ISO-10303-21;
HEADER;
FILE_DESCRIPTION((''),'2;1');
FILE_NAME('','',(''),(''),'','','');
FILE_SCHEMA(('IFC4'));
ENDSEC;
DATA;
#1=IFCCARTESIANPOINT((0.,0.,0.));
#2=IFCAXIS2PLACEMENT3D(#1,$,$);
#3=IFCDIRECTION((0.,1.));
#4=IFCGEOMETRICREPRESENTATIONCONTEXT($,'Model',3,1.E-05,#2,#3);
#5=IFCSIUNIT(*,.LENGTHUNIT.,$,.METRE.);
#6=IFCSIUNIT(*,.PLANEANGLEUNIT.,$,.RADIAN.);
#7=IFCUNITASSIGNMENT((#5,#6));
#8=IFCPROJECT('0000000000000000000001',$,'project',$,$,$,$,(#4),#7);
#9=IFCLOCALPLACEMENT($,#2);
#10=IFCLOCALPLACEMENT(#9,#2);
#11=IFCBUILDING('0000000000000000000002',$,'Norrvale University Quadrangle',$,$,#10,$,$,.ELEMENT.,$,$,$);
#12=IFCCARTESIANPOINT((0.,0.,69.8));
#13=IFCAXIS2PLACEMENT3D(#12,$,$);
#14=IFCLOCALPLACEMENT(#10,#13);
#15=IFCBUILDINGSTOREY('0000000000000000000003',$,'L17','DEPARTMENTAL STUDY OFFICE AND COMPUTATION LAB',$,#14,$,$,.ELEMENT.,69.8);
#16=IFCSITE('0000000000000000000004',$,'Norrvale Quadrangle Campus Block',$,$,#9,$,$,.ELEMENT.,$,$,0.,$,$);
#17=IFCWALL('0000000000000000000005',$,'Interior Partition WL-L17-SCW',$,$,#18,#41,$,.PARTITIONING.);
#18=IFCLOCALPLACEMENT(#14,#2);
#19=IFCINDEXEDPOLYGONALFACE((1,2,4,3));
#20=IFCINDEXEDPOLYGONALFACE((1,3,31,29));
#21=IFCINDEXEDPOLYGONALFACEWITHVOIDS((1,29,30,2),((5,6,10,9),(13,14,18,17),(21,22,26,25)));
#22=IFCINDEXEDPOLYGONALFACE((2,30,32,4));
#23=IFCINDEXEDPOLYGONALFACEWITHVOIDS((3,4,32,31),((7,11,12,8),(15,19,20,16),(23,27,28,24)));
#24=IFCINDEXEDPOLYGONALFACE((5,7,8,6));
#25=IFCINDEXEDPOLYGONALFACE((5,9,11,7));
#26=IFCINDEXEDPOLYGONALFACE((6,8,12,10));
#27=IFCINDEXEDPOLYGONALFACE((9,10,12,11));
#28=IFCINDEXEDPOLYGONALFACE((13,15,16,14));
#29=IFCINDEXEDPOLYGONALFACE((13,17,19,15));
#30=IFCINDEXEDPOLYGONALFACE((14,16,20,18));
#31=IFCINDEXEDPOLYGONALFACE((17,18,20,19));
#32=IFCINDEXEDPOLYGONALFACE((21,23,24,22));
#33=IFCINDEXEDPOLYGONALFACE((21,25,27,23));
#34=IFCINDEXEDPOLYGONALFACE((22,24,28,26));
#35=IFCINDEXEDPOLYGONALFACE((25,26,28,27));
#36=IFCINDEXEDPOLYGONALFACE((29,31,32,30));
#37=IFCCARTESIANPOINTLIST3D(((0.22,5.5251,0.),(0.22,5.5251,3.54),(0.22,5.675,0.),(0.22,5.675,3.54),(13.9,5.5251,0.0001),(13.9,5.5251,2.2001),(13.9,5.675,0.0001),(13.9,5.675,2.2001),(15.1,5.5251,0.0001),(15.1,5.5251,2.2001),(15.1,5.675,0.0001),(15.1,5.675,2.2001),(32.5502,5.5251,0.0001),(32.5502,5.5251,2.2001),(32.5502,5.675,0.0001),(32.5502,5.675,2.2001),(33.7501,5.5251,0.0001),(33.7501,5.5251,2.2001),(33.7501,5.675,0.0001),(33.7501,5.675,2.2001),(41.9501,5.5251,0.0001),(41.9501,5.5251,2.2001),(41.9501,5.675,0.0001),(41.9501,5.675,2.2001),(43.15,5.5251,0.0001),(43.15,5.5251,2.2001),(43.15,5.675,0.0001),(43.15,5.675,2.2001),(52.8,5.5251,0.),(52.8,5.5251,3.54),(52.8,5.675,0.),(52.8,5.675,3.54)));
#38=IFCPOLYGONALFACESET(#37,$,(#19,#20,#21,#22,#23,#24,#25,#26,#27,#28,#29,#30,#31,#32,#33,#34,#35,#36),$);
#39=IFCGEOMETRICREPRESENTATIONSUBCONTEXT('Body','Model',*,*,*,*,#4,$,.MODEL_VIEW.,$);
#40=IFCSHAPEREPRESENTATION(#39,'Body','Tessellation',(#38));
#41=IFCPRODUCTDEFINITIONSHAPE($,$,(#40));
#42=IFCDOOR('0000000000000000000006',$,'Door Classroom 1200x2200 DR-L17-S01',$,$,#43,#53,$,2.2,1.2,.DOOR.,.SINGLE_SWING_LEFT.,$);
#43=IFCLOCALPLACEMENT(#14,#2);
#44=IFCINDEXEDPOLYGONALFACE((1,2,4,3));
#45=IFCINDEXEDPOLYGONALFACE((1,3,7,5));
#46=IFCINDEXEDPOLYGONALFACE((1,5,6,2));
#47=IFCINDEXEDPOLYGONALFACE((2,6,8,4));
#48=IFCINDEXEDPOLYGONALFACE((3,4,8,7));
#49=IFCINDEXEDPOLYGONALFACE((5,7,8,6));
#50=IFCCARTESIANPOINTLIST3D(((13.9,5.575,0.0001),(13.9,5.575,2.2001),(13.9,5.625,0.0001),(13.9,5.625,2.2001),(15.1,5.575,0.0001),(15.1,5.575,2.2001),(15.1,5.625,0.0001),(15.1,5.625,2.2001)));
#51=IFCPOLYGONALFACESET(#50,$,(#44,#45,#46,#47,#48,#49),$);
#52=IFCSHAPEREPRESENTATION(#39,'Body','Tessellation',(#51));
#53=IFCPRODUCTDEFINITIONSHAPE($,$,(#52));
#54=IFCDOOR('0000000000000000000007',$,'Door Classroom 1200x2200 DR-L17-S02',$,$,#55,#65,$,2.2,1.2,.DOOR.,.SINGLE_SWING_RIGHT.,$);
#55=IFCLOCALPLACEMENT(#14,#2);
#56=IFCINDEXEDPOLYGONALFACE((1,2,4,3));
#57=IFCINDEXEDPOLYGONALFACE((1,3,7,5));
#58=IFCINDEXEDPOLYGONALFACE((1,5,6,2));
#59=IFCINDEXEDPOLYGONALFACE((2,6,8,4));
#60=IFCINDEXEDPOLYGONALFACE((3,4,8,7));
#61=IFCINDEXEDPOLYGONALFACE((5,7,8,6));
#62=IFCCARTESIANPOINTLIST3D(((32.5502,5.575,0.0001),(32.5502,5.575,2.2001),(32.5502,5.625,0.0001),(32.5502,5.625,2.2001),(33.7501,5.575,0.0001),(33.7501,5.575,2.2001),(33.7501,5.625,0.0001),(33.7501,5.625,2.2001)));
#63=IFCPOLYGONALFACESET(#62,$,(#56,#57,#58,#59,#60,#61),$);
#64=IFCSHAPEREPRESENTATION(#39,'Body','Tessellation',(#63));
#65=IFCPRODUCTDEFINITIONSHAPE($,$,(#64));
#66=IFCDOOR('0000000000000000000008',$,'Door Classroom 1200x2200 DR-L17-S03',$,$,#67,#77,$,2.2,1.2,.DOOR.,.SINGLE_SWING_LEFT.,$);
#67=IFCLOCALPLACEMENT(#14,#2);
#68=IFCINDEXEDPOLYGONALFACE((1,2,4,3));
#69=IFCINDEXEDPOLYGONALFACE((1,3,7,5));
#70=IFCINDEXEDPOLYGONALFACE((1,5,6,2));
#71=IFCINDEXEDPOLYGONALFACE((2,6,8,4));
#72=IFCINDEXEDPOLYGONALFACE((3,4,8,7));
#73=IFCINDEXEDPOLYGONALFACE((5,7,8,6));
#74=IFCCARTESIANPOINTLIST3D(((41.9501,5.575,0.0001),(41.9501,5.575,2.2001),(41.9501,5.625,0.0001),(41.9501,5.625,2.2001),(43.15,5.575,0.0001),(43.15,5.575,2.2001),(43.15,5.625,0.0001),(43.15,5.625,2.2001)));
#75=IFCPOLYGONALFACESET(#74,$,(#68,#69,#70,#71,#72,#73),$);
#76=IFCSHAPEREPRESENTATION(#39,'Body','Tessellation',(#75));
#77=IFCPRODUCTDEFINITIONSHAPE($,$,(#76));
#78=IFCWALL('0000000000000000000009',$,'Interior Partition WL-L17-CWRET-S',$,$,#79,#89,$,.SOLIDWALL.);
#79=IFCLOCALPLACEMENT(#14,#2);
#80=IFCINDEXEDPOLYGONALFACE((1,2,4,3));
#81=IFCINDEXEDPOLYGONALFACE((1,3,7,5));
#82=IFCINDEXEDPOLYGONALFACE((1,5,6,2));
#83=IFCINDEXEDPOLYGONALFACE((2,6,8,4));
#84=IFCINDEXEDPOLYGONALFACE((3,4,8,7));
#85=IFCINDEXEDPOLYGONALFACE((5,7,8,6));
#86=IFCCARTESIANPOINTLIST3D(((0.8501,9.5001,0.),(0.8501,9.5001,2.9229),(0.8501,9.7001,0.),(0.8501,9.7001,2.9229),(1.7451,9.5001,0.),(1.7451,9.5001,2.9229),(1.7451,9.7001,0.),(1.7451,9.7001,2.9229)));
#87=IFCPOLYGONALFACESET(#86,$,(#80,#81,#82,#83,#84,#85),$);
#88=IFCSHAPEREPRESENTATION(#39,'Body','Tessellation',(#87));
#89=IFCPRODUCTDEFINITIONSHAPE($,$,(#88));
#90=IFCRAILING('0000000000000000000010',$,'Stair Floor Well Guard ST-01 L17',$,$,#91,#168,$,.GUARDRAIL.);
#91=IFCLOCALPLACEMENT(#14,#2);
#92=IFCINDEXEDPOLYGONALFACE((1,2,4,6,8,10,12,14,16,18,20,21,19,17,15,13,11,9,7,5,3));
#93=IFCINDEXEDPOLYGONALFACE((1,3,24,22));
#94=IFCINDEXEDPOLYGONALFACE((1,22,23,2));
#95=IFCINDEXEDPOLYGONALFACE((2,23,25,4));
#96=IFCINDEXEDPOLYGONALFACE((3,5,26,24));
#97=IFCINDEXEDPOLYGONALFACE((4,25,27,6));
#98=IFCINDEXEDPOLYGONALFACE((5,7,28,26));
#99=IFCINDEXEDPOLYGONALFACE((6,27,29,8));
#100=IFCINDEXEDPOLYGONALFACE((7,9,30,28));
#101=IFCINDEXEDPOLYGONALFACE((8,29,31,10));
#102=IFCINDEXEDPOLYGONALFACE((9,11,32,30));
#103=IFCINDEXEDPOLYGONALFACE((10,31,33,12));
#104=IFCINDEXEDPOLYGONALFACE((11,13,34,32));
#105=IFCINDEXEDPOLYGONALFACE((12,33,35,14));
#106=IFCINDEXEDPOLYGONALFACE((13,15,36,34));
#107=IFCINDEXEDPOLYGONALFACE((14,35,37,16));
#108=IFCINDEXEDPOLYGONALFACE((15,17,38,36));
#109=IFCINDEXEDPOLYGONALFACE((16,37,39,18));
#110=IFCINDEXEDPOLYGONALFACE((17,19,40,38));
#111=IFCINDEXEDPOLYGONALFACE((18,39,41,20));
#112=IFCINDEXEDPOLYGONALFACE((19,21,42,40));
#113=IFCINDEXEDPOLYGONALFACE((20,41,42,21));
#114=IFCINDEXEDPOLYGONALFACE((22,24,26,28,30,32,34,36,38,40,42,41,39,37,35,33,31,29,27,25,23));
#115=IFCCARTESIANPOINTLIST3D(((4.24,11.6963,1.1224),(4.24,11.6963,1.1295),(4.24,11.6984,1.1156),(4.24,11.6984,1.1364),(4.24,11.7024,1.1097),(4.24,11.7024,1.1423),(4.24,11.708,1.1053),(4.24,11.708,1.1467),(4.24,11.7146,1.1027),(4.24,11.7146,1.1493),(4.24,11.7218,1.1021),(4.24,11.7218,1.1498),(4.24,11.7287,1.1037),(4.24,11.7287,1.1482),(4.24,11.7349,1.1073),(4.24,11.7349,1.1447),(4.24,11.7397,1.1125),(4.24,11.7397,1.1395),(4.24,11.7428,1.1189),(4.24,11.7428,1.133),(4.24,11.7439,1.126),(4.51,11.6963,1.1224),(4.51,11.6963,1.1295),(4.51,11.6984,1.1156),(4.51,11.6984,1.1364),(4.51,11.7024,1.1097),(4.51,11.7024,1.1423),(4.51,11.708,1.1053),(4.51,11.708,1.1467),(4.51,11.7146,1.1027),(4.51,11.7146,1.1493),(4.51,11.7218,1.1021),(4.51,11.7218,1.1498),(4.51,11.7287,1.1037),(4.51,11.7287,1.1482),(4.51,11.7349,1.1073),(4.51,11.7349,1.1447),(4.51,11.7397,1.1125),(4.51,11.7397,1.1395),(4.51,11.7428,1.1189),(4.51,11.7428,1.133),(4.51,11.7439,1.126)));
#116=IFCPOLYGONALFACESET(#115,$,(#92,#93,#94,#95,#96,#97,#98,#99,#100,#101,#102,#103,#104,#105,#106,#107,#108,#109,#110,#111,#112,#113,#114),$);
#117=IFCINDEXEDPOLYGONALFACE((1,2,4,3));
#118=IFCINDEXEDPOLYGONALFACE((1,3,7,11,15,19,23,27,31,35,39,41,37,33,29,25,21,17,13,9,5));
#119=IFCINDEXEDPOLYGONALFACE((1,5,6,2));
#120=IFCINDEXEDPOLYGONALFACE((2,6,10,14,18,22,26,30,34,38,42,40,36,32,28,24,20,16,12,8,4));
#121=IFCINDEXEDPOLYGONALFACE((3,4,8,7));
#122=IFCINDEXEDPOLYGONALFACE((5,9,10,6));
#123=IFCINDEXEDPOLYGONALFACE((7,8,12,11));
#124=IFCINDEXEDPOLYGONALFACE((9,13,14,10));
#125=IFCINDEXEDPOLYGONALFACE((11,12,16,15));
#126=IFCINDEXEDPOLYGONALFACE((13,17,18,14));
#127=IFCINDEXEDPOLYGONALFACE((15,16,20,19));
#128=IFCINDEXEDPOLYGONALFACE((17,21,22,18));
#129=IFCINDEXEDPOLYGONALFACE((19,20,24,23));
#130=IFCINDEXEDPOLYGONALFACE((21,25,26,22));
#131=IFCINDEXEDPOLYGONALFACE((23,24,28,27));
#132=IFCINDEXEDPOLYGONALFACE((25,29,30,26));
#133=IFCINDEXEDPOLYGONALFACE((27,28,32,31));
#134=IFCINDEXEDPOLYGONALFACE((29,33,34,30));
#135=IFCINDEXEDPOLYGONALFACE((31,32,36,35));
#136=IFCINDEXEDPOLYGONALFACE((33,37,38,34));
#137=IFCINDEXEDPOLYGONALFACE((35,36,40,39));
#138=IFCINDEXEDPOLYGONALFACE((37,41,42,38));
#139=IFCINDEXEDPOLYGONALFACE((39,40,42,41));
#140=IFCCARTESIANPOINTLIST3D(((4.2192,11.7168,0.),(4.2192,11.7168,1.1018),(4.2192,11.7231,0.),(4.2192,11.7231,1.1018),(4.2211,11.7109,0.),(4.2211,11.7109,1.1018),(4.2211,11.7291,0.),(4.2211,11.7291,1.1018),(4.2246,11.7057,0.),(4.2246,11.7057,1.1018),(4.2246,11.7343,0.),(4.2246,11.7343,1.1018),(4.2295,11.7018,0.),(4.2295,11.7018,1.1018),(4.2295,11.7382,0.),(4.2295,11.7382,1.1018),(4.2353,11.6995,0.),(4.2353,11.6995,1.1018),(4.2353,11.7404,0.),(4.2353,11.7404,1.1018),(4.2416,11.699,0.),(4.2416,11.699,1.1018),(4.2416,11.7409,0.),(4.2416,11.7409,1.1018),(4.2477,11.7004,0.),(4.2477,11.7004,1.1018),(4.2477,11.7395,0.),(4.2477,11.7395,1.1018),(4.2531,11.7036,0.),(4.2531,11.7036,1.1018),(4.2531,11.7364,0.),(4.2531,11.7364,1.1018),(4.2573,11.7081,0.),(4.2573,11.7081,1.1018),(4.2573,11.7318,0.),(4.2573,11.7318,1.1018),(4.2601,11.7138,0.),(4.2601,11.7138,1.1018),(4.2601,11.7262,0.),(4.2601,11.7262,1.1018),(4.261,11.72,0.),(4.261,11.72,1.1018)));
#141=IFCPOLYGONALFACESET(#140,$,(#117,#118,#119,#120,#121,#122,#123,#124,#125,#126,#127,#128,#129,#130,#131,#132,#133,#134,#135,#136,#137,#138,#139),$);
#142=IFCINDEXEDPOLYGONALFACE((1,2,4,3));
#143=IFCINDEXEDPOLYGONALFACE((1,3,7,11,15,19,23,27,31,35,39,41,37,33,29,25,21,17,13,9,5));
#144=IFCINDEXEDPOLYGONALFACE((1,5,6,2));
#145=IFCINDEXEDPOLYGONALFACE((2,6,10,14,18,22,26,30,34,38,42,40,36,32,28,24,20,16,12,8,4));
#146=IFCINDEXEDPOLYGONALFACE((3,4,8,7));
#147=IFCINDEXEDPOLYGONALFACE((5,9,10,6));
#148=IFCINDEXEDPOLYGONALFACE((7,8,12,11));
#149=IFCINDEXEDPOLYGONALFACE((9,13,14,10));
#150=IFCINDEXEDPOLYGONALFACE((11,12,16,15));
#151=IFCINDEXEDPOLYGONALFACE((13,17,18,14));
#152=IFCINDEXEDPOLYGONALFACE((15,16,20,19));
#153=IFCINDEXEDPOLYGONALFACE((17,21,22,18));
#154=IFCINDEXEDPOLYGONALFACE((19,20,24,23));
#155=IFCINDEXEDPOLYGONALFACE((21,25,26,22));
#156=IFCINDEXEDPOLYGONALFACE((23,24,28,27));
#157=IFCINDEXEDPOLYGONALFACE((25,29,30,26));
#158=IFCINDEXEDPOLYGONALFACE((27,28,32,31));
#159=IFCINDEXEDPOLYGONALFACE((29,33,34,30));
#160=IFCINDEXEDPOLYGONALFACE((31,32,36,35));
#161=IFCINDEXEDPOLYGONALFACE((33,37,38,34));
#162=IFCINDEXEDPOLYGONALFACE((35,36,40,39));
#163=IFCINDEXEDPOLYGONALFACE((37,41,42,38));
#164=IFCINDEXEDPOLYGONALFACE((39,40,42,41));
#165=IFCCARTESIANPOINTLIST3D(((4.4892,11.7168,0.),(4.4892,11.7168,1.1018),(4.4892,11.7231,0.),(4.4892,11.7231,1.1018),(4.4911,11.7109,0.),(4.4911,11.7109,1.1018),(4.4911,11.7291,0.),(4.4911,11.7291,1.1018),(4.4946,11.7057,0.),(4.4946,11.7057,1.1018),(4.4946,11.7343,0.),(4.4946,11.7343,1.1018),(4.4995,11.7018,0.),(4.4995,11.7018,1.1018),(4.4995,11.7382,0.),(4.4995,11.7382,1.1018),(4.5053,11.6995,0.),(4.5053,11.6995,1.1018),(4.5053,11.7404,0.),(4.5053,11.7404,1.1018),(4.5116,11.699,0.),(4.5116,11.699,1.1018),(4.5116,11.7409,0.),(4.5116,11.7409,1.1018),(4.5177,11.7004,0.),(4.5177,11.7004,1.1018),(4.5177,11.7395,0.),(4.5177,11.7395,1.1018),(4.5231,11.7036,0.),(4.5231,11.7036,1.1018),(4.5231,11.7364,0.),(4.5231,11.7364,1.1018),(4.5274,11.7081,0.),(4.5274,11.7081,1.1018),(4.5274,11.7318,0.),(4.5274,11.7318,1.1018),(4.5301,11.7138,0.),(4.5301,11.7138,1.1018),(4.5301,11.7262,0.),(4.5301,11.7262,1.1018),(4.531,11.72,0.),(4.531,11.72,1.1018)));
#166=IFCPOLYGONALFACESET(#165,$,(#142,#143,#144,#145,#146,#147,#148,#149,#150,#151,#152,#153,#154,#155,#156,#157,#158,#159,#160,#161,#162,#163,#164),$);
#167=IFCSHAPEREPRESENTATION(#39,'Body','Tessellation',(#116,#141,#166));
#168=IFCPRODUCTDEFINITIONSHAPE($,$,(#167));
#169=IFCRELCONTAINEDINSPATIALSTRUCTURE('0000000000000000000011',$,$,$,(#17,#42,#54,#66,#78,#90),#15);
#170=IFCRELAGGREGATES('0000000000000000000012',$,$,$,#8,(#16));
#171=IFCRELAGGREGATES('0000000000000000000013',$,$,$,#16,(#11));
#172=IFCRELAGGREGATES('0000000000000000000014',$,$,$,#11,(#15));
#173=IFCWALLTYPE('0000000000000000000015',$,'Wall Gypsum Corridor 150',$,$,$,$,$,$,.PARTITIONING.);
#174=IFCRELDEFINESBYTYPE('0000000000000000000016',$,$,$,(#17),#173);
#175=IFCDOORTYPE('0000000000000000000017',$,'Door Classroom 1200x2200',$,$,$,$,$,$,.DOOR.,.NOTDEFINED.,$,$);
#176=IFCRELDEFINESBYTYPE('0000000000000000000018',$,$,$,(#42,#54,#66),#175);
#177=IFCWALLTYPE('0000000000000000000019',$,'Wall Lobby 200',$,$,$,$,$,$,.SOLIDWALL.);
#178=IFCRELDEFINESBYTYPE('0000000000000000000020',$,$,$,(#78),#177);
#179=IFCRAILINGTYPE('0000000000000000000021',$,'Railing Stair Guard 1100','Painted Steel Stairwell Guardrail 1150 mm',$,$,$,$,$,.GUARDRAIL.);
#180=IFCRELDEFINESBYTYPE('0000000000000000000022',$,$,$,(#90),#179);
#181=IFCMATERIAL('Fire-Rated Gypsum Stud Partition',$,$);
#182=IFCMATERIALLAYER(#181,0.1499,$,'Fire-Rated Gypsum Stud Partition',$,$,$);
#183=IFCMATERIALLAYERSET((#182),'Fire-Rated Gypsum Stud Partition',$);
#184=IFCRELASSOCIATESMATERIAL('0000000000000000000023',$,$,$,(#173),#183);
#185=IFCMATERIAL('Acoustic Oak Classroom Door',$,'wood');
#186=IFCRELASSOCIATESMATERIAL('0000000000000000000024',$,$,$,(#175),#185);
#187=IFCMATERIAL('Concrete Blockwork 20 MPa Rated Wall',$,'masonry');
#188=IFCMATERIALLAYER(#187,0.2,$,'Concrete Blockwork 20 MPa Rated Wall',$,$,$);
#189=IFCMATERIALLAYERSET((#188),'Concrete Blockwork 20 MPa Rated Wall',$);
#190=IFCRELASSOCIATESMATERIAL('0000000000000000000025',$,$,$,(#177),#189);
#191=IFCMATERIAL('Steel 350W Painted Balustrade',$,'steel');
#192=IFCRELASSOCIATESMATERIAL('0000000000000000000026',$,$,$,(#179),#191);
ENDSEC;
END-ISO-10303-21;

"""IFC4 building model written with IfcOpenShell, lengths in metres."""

from ifc_helpers import new_model, si_unit, direction, frame, frame_2d, origin, origin_2d, place, context, subcontext, project, spatial, rectangle, circle, extrude, material, layer, layer_set, type_object, element, fill, save


model = new_model("IFC4")

# Units and contexts
model_context = context("Model", 3, precision=1e-05, world=origin(), true_north=direction((0.0, 1.0)))
body_context = subcontext(model_context, "Body", "Model", "MODEL_VIEW")
ifc_project = project(units=[si_unit("LENGTHUNIT", "METRE"), si_unit("PLANEANGLEUNIT", "RADIAN")], contexts=[model_context])

# Site, building, storey
site_placement = place(None, origin())
site = spatial("IfcSite", under=ifc_project, at=site_placement, Name="Norrvale Quadrangle Campus Block", CompositionType="ELEMENT", RefElevation=0.0)
building_placement = place(site_placement, origin())
building = spatial("IfcBuilding", under=site, at=building_placement, Name="Norrvale University Quadrangle", CompositionType="ELEMENT")
storey_placement = place(building_placement, frame((0.0, 0.0, 69.8)))
storey = spatial("IfcBuildingStorey", under=building, at=storey_placement, Name="L17", Description="DEPARTMENTAL STUDY OFFICE AND COMPUTATION LAB", CompositionType="ELEMENT", Elevation=69.8)

# Wall, openings, doors
ifc_material_1 = material(Name="Fire-Rated Gypsum Stud Partition")
ifc_layer_1 = layer(ifc_material_1, 0.1499, Name="Fire-Rated Gypsum Stud Partition")
ifc_layer_set_1 = layer_set([ifc_layer_1], Name="Fire-Rated Gypsum Stud Partition")
wall_type_1 = type_object("IfcWallType", Name="Wall Gypsum Corridor 150", PredefinedType="PARTITIONING", material=ifc_layer_set_1)
wall_1_placement = place(storey_placement, frame((0.22, 5.6001, 0.0), z_axis=(0.0, 0.0, 1.0), x_axis=(1.0, 0.0, 0.0)))
wall_1 = element("IfcWall", 1, at=wall_1_placement, inside=storey, type_object=wall_type_1, Name="Interior Partition WL-L17-SCW", PredefinedType="PARTITIONING", context=body_context, shape_type="SweptSolid", body=[
    extrude(rectangle(XDim=52.5801, YDim=0.1499, at=frame_2d((26.29, 0.0))), origin(), (0.0, 0.0, 1.0), 3.54),
])
opening_1_placement = place(wall_1_placement, frame((13.6799, 0.0, 0.0)))
opening_1 = element("IfcOpeningElement", 2, at=opening_1_placement, cuts=wall_1, PredefinedType="OPENING", context=body_context, shape_type="SweptSolid", body=[
    extrude(rectangle(XDim=1.2, YDim=2.2, at=frame_2d((0.6001, 1.1001))), frame((0.0, 0.0869, 0.0), z_axis=(0.0, -1.0, 0.0), x_axis=(1.0, 0.0, 0.0)), (0.0, 0.0, 1.0), 0.1738),
])
opening_2_placement = place(wall_1_placement, frame((32.3301, 0.0, 0.0)))
opening_2 = element("IfcOpeningElement", 3, at=opening_2_placement, cuts=wall_1, PredefinedType="OPENING", context=body_context, shape_type="SweptSolid", body=[
    extrude(rectangle(XDim=1.2, YDim=2.2, at=frame_2d((0.6001, 1.1001))), frame((0.0, 0.0869, 0.0), z_axis=(0.0, -1.0, 0.0), x_axis=(1.0, 0.0, 0.0)), (0.0, 0.0, 1.0), 0.1738),
])
opening_3_placement = place(wall_1_placement, frame((41.73, 0.0, 0.0)))
opening_3 = element("IfcOpeningElement", 4, at=opening_3_placement, cuts=wall_1, PredefinedType="OPENING", context=body_context, shape_type="SweptSolid", body=[
    extrude(rectangle(XDim=1.2, YDim=2.2, at=frame_2d((0.6001, 1.1001))), frame((0.0, 0.0869, 0.0), z_axis=(0.0, -1.0, 0.0), x_axis=(1.0, 0.0, 0.0)), (0.0, 0.0, 1.0), 0.1738),
])
ifc_material_2 = material(Name="Acoustic Oak Classroom Door", Category="wood")
door_type = type_object("IfcDoorType", Name="Door Classroom 1200x2200", OperationType="NOTDEFINED", PredefinedType="DOOR", material=ifc_material_2)
door_1_placement = place(opening_1_placement, origin())
door_1 = element("IfcDoor", 5, at=door_1_placement, inside=storey, type_object=door_type, Name="Door Classroom 1200x2200 DR-L17-S01", OperationType="SINGLE_SWING_LEFT", OverallHeight=2.2, OverallWidth=1.2, PredefinedType="DOOR", context=body_context, shape_type="SweptSolid", body=[
    extrude(rectangle(XDim=1.2, YDim=2.2, at=frame_2d((0.6001, 1.1001))), frame((0.0, 0.0249, 0.0), z_axis=(0.0, -1.0, 0.0), x_axis=(1.0, 0.0, 0.0)), (0.0, 0.0, 1.0), 0.05),
])
fill(opening_1, door_1)
door_2_placement = place(opening_2_placement, origin())
door_2 = element("IfcDoor", 6, at=door_2_placement, inside=storey, type_object=door_type, Name="Door Classroom 1200x2200 DR-L17-S02", OperationType="SINGLE_SWING_RIGHT", OverallHeight=2.2, OverallWidth=1.2, PredefinedType="DOOR", context=body_context, shape_type="SweptSolid", body=[
    extrude(rectangle(XDim=1.2, YDim=2.2, at=frame_2d((0.6001, 1.1001))), frame((0.0, 0.0249, 0.0), z_axis=(0.0, -1.0, 0.0), x_axis=(1.0, 0.0, 0.0)), (0.0, 0.0, 1.0), 0.05),
])
fill(opening_2, door_2)
door_3_placement = place(opening_3_placement, origin())
door_3 = element("IfcDoor", 7, at=door_3_placement, inside=storey, type_object=door_type, Name="Door Classroom 1200x2200 DR-L17-S03", OperationType="SINGLE_SWING_LEFT", OverallHeight=2.2, OverallWidth=1.2, PredefinedType="DOOR", context=body_context, shape_type="SweptSolid", body=[
    extrude(rectangle(XDim=1.2, YDim=2.2, at=frame_2d((0.6001, 1.1001))), frame((0.0, 0.0249, 0.0), z_axis=(0.0, -1.0, 0.0), x_axis=(1.0, 0.0, 0.0)), (0.0, 0.0, 1.0), 0.05),
])
fill(opening_3, door_3)

# Wall
ifc_material_3 = material(Name="Concrete Blockwork 20 MPa Rated Wall", Category="masonry")
ifc_layer_2 = layer(ifc_material_3, 0.2, Name="Concrete Blockwork 20 MPa Rated Wall")
ifc_layer_set_2 = layer_set([ifc_layer_2], Name="Concrete Blockwork 20 MPa Rated Wall")
wall_type_2 = type_object("IfcWallType", Name="Wall Lobby 200", PredefinedType="SOLIDWALL", material=ifc_layer_set_2)
wall_2_placement = place(storey_placement, frame((0.8501, 9.6001, 0.0), z_axis=(0.0, 0.0, 1.0), x_axis=(1.0, 0.0, 0.0)))
element("IfcWall", 8, at=wall_2_placement, inside=storey, type_object=wall_type_2, Name="Interior Partition WL-L17-CWRET-S", PredefinedType="SOLIDWALL", context=body_context, shape_type="SweptSolid", body=[
    extrude(rectangle(XDim=0.895, YDim=0.2, at=frame_2d((0.4475, 0.0))), origin(), (0.0, 0.0, 1.0), 2.9229),
])

# Railing
ifc_material_4 = material(Name="Steel 350W Painted Balustrade", Category="steel")
railing_type_1 = type_object("IfcRailingType", Name="Railing Stair Guard 1100", Description="Painted Steel Stairwell Guardrail 1150 mm", PredefinedType="GUARDRAIL", material=ifc_material_4)
railing_1_placement = place(storey_placement, frame((4.24, 11.72, 0.0)))
element("IfcRailing", 9, at=railing_1_placement, inside=storey, type_object=railing_type_1, Name="Stair Floor Well Guard ST-01 L17", PredefinedType="GUARDRAIL", context=body_context, shape_type="SweptSolid", body=[
    extrude(circle(Radius=0.0239, at=origin_2d()), frame((0.0, 0.0, 1.126), z_axis=(1.0, 0.0, 0.0), x_axis=(0.0, 1.0, 0.0)), (0.0, 0.0, 1.0), 0.27),
    extrude(circle(Radius=0.021, at=origin_2d()), origin(), (0.0, 0.0, 1.0), 1.1018),
    extrude(circle(Radius=0.021, at=origin_2d()), frame((0.27, 0.0, 0.0)), (0.0, 0.0, 1.0), 1.1018),
])

save(model, "model.ifc")
